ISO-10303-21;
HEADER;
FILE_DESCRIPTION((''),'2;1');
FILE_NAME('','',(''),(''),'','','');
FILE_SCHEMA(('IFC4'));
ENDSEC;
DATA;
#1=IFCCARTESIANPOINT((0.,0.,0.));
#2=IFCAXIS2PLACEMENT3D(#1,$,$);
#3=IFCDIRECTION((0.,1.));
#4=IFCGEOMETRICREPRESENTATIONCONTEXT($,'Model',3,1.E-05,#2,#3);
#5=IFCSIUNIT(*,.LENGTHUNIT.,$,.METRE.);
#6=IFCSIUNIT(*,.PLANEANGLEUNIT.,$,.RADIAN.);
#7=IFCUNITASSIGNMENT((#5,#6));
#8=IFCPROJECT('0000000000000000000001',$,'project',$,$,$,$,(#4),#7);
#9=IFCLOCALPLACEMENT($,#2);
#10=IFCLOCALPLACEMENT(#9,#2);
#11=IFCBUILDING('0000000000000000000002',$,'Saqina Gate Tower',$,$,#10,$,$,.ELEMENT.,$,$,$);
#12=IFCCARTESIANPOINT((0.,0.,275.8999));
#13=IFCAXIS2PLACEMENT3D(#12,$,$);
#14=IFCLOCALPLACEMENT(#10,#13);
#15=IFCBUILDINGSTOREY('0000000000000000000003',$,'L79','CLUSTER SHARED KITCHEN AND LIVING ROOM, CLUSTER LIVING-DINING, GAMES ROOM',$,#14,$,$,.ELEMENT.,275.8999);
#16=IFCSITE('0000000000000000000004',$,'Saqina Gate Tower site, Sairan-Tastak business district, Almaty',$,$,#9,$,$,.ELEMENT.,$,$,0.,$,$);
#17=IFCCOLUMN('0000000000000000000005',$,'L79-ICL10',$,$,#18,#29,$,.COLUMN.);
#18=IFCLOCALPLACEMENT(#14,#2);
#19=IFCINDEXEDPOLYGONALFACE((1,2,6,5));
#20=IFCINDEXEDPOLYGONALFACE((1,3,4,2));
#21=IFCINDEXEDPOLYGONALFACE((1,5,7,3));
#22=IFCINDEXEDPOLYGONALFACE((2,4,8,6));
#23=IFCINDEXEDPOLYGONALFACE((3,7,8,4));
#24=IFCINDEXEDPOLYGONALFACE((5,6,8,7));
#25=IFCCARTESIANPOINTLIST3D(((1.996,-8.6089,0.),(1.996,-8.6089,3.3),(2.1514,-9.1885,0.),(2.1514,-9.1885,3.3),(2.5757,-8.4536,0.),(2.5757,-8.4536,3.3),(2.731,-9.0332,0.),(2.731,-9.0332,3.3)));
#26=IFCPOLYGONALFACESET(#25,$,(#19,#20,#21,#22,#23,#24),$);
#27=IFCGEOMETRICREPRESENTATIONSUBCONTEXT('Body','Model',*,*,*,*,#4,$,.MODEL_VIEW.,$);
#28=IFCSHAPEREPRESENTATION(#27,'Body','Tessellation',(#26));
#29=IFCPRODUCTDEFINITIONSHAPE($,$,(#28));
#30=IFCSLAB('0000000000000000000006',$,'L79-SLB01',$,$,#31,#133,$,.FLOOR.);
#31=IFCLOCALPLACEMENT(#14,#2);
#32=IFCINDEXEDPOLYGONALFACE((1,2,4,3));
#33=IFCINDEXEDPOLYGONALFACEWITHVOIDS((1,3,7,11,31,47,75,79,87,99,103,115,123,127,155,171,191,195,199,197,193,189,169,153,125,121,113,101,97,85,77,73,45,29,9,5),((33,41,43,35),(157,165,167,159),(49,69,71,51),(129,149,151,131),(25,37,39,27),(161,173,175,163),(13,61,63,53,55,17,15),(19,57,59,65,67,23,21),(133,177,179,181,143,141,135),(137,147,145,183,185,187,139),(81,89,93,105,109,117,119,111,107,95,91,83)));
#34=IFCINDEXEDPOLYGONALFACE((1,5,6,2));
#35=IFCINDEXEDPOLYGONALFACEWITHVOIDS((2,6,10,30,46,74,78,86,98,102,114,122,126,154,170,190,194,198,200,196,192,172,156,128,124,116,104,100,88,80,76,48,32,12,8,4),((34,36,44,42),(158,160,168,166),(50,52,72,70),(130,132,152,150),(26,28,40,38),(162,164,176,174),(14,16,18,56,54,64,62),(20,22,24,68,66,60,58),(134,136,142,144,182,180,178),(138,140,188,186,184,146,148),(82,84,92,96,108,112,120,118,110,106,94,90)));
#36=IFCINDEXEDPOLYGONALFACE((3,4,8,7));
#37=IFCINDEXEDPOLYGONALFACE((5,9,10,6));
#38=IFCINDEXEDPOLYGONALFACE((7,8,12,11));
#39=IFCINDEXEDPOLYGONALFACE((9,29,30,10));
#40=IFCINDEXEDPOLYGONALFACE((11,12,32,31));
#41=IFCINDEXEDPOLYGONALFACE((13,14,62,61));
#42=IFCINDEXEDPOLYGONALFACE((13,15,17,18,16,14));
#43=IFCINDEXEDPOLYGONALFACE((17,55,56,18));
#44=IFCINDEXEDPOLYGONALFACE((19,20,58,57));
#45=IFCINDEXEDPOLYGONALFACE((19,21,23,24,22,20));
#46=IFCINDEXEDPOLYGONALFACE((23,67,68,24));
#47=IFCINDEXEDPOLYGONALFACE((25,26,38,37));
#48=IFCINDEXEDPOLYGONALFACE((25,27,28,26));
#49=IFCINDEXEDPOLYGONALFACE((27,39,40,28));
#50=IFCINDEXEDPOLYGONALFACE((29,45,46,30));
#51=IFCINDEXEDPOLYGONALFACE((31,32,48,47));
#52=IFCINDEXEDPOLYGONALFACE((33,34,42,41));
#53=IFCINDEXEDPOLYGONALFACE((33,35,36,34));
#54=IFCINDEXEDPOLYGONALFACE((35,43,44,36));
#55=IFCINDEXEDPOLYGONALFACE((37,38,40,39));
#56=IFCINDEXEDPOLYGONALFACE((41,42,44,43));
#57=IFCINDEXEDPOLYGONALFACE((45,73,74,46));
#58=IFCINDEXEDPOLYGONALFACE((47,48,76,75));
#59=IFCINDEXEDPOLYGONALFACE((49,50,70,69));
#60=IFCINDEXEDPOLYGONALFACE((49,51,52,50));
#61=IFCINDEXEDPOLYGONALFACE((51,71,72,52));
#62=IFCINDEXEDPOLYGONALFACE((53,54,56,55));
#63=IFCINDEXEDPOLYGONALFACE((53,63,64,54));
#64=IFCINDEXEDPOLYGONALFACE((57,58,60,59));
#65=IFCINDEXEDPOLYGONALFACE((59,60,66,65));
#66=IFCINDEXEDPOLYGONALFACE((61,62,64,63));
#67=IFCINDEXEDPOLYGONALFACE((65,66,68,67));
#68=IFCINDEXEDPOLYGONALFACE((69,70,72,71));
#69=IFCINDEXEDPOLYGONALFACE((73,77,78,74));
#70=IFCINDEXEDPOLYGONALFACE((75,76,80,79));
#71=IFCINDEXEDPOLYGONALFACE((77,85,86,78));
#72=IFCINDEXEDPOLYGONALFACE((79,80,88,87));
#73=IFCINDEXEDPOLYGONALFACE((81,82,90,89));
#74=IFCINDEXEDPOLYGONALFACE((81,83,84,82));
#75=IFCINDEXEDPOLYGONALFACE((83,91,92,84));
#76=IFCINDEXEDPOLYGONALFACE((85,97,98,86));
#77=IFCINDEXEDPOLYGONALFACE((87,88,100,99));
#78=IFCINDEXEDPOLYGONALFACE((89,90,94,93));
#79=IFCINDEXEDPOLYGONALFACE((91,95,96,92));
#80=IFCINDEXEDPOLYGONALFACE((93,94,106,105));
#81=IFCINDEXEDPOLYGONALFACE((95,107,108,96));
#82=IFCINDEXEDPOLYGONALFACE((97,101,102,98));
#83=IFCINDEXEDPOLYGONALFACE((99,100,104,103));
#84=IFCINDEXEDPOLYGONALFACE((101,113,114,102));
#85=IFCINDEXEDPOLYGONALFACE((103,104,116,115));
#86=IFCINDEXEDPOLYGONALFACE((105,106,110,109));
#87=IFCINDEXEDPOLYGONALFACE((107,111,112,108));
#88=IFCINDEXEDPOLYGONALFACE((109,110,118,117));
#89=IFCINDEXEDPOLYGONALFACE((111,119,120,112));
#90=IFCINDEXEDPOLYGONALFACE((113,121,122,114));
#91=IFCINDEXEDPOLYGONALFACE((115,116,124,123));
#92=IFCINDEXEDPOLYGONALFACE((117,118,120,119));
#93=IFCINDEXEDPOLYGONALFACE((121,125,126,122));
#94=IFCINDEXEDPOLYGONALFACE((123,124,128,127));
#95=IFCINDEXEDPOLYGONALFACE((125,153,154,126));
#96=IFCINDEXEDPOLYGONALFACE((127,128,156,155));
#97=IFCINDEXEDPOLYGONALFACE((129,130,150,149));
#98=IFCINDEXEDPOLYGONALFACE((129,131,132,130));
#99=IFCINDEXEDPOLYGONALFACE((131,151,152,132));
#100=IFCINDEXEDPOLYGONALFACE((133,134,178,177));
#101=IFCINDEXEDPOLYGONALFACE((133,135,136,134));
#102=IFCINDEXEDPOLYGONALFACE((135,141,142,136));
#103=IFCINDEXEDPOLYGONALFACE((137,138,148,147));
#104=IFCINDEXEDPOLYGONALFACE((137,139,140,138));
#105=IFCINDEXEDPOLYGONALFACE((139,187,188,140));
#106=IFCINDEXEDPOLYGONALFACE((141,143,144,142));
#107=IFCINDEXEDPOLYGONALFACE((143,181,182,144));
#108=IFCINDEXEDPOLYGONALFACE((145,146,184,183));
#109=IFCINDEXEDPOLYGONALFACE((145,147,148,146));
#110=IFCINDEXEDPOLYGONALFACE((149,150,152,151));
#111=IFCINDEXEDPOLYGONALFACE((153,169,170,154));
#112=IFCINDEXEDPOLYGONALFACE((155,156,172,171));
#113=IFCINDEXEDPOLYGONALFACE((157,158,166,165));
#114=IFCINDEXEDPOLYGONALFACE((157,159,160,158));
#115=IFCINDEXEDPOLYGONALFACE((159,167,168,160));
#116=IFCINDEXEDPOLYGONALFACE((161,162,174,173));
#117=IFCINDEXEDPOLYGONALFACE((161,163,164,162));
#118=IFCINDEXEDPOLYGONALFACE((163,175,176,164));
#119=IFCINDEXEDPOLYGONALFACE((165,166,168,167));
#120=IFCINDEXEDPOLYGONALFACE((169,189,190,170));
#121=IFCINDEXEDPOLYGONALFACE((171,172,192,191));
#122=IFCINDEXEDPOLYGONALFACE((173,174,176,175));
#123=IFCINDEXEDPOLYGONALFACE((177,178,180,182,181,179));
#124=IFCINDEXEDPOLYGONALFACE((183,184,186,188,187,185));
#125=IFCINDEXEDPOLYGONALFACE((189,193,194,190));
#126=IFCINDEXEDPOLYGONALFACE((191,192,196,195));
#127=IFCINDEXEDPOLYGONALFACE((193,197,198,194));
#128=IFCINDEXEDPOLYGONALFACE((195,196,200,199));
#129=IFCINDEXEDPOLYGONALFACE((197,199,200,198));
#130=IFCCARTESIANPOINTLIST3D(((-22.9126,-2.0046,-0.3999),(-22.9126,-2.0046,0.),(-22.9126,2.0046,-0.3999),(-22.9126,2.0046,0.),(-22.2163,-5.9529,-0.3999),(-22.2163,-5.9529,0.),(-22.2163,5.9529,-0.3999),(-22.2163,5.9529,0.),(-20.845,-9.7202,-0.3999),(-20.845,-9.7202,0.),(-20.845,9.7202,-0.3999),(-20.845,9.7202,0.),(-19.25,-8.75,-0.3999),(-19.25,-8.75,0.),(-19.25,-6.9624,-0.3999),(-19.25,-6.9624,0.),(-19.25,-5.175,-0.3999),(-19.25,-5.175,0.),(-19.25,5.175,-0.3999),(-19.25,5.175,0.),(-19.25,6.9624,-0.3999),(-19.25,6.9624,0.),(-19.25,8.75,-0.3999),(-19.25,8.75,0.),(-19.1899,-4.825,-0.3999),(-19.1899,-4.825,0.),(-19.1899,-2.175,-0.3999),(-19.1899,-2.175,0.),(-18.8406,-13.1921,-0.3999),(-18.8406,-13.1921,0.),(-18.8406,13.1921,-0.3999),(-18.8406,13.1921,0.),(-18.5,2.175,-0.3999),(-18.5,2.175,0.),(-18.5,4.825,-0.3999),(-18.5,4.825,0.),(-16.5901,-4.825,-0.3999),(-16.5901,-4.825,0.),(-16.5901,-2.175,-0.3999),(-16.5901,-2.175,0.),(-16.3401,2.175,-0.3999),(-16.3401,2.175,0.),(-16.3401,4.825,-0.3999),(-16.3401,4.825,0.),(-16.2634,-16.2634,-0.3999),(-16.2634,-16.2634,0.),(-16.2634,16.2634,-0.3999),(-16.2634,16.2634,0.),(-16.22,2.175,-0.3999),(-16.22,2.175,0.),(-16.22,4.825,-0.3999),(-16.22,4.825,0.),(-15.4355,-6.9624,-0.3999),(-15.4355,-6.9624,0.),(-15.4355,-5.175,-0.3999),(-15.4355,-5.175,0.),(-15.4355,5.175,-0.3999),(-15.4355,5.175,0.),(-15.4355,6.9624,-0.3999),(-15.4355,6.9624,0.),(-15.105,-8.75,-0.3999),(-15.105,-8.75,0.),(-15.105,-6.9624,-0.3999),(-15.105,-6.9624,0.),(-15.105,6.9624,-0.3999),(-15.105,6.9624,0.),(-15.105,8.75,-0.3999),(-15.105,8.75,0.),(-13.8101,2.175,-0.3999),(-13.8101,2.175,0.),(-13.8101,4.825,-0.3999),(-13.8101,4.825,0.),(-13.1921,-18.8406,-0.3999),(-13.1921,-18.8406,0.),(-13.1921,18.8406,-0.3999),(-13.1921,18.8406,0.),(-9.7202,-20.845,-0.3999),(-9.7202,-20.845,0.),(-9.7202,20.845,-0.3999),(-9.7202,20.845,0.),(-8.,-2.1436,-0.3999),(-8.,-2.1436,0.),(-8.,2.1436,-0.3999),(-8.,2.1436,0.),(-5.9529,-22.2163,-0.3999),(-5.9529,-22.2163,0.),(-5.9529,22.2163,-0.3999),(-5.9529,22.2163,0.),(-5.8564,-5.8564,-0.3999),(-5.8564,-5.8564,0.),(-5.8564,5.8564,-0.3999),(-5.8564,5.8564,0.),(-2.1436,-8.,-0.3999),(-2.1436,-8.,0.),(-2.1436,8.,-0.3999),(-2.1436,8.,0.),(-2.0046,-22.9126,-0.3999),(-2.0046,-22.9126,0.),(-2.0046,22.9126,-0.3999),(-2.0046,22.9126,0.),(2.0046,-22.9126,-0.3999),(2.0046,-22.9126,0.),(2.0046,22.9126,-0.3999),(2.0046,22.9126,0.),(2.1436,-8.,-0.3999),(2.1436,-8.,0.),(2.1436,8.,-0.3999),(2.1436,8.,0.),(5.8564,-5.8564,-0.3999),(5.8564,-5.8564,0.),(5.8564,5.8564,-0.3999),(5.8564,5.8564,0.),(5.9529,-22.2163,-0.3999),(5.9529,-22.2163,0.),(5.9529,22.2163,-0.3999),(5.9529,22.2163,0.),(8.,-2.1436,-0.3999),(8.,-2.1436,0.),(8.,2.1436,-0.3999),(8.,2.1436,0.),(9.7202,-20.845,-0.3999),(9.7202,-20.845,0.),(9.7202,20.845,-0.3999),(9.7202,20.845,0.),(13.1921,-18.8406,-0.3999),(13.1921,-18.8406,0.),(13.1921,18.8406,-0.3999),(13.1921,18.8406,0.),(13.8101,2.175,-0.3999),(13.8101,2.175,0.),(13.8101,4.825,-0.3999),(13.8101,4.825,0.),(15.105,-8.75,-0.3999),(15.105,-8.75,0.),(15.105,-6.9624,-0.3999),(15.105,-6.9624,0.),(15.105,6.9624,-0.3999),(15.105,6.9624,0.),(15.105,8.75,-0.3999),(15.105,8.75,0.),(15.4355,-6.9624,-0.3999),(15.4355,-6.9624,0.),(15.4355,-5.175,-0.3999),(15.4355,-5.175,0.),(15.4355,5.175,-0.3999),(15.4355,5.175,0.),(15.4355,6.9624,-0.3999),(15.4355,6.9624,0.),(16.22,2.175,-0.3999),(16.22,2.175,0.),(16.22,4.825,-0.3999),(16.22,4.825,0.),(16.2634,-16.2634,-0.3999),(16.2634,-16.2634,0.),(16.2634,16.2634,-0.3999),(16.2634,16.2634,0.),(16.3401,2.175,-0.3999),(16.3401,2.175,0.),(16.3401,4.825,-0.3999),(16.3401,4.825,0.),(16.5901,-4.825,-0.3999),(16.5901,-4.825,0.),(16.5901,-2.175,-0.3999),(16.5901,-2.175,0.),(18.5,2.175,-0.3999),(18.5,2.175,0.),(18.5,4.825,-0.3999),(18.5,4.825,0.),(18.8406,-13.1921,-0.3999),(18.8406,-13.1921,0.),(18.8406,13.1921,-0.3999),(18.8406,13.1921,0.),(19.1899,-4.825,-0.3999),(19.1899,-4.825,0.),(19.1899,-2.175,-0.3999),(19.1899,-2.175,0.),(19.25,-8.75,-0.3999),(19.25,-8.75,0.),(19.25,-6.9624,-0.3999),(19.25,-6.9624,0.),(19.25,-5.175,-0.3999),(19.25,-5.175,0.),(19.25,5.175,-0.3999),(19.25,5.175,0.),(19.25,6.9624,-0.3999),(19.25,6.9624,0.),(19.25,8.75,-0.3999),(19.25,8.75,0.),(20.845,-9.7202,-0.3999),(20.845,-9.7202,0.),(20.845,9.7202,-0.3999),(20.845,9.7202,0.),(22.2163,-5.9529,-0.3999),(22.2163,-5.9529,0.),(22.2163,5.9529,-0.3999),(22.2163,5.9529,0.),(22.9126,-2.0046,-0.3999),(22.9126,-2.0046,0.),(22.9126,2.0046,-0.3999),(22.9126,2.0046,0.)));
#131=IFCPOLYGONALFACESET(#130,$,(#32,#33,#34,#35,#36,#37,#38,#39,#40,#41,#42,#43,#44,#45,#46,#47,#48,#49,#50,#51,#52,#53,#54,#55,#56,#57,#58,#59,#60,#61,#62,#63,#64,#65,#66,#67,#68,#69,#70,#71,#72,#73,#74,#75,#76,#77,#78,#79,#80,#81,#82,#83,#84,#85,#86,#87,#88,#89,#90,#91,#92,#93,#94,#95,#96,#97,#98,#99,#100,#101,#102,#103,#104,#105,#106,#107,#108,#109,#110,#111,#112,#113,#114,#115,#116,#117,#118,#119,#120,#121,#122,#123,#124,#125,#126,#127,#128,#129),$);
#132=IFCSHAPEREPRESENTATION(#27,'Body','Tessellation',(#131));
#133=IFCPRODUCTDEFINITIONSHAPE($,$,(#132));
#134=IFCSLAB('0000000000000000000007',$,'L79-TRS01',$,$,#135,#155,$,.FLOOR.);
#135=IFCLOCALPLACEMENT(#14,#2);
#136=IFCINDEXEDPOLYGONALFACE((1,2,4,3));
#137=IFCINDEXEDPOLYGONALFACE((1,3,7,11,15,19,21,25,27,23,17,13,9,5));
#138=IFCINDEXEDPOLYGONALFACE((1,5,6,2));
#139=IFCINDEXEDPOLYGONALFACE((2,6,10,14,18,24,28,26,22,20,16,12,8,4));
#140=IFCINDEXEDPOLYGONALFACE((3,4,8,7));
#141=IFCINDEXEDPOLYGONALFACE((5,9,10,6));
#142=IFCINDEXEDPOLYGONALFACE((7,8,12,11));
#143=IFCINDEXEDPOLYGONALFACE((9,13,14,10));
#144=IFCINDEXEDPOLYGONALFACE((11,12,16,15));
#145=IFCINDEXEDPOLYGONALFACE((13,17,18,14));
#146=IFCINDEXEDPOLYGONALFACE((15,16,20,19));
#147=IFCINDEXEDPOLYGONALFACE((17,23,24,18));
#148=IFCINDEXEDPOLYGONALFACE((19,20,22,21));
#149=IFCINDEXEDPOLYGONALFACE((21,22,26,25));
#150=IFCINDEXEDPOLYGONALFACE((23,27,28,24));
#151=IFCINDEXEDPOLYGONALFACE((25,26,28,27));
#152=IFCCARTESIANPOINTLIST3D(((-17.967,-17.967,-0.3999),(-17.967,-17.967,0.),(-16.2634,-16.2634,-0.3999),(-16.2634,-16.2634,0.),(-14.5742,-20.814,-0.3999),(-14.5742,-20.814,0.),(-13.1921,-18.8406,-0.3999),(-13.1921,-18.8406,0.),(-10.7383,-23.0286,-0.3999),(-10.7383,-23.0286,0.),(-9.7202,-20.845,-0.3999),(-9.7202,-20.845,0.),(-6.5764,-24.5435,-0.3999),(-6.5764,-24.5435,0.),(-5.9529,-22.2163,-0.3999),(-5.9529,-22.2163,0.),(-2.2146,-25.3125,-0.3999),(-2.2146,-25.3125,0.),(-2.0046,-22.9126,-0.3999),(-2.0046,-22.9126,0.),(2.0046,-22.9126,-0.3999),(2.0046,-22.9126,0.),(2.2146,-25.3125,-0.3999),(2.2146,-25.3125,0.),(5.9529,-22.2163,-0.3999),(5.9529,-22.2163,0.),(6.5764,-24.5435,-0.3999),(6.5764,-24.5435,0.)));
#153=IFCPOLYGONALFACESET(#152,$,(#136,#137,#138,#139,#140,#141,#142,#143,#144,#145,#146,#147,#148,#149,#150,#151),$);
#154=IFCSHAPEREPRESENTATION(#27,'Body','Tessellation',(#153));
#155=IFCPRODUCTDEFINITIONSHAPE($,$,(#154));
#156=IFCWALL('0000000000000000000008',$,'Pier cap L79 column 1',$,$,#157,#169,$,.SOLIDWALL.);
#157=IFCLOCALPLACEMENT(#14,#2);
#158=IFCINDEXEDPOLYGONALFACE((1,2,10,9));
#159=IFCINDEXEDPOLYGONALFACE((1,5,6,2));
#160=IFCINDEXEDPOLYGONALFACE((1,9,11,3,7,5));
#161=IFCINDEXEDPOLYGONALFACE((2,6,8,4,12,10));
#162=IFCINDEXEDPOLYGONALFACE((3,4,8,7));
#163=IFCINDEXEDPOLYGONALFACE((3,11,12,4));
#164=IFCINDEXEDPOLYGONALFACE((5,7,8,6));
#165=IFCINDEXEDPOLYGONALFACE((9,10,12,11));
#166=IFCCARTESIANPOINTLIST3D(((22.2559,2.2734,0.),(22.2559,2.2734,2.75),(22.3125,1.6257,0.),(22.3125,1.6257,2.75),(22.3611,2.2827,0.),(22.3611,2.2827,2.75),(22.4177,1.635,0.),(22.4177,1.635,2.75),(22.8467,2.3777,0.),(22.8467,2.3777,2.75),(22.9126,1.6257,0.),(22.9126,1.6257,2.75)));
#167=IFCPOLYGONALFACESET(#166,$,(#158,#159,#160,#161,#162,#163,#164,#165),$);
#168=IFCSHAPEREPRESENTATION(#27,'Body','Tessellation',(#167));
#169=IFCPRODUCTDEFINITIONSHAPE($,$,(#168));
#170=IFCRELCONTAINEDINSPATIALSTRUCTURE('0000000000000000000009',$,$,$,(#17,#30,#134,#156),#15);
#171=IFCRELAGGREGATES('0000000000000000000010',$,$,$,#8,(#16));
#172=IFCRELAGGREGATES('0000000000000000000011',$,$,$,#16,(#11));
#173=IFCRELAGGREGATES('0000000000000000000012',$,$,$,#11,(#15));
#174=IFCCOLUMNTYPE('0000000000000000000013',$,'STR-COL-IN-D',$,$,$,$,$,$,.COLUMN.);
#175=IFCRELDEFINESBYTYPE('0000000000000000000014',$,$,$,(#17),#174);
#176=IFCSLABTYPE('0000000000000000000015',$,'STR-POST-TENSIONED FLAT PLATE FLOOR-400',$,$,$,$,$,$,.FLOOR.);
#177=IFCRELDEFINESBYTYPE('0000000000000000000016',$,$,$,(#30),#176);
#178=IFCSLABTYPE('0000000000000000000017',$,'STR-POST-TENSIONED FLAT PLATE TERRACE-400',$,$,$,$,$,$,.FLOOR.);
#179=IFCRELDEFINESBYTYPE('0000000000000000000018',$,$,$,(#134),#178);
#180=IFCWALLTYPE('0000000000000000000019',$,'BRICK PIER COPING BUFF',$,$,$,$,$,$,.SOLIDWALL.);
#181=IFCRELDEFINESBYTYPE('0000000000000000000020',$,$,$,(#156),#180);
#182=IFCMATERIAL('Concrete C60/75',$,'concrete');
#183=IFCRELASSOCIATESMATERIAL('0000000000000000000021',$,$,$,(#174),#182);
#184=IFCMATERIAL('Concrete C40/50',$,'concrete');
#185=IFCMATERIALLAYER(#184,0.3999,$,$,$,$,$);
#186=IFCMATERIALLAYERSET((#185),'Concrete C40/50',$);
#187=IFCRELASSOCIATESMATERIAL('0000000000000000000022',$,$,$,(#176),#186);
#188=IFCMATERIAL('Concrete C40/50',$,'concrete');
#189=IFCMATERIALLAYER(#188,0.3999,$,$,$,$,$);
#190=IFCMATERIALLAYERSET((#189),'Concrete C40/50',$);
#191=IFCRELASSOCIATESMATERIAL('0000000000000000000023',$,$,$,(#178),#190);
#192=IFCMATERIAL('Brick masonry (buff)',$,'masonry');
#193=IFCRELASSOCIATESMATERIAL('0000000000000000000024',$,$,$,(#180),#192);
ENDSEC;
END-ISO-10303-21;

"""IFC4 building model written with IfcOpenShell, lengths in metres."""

from ifc_helpers import new_model, si_unit, direction, frame, origin, origin_2d, place, context, subcontext, project, spatial, polyline, rectangle, outline, extrude, material, layer, layer_set, material_profile, profile_set, type_object, element, save


model = new_model("IFC4")

# Units and contexts
model_context = context("Model", 3, precision=1e-05, world=origin(), true_north=direction((0.0, 1.0)))
body_context = subcontext(model_context, "Body", "Model", "MODEL_VIEW")
ifc_project = project(units=[si_unit("LENGTHUNIT", "METRE"), si_unit("PLANEANGLEUNIT", "RADIAN")], contexts=[model_context])

# Site, building, storey
site_placement = place(None, origin())
site = spatial("IfcSite", under=ifc_project, at=site_placement, Name="Saqina Gate Tower site, Sairan-Tastak business district, Almaty", CompositionType="ELEMENT", RefElevation=0.0)
building_placement = place(site_placement, origin())
building = spatial("IfcBuilding", under=site, at=building_placement, Name="Saqina Gate Tower", CompositionType="ELEMENT")
storey_placement = place(building_placement, frame((0.0, 0.0, 275.8999)))
storey = spatial("IfcBuildingStorey", under=building, at=storey_placement, Name="L79", Description="CLUSTER SHARED KITCHEN AND LIVING ROOM, CLUSTER LIVING-DINING, GAMES ROOM", CompositionType="ELEMENT", Elevation=275.8999)

# Column
ifc_material_1 = material(Name="Concrete C60/75", Category="concrete")
ifc_material_profile = material_profile(ifc_material_1, rectangle(XDim=0.6001, YDim=0.6001, at=origin_2d()), Name="RC 600x600")
ifc_profile_set = profile_set([ifc_material_profile], Name="Concrete C60/75")
column_type = type_object("IfcColumnType", Name="STR-COL-IN-D", PredefinedType="COLUMN", material=ifc_profile_set)
column_placement = place(storey_placement, frame((2.3635, -8.821, 0.0), z_axis=(0.0, 0.0, 1.0), x_axis=(0.258819, -0.965926, 0.0)))
element("IfcColumn", 1, at=column_placement, inside=storey, type_object=column_type, Name="L79-ICL10", PredefinedType="COLUMN", context=body_context, shape_type="SweptSolid", body=[
    extrude(rectangle(XDim=0.6001, YDim=0.6001, at=origin_2d()), origin(), (0.0, 0.0, 1.0), 3.3),
])

# Slabs
ifc_material_2 = material(Name="Concrete C40/50", Category="concrete")
ifc_layer_1 = layer(ifc_material_2, 0.3999)
ifc_layer_set_1 = layer_set([ifc_layer_1], Name="Concrete C40/50")
slab_type_1 = type_object("IfcSlabType", Name="STR-POST-TENSIONED FLAT PLATE FLOOR-400", PredefinedType="FLOOR", material=ifc_layer_set_1)
slab_1_placement = place(storey_placement, frame((0.0, 0.0, -0.3999)))
element("IfcSlab", 2, at=slab_1_placement, inside=storey, type_object=slab_type_1, Name="L79-SLB01", PredefinedType="FLOOR", context=body_context, shape_type="SweptSolid", body=[
    extrude(outline(polyline([(22.2163, -5.9529), (22.9126, -2.0046), (22.9126, 2.0046), (22.2163, 5.9529), (20.845, 9.7202), (18.8406, 13.1921), (16.2634, 16.2634), (13.1921, 18.8406), (9.7202, 20.845), (5.9529, 22.2163), (2.0046, 22.9126), (-2.0046, 22.9126), (-5.9529, 22.2163), (-9.7202, 20.845), (-13.1921, 18.8406), (-16.2634, 16.2634), (-18.8406, 13.1921), (-20.845, 9.7202), (-22.2163, 5.9529), (-22.9126, 2.0046), (-22.9126, -2.0046), (-22.2163, -5.9529), (-20.845, -9.7202), (-18.8406, -13.1921), (-16.2634, -16.2634), (-13.1921, -18.8406), (-9.7202, -20.845), (-5.9529, -22.2163), (-2.0046, -22.9126), (2.0046, -22.9126), (5.9529, -22.2163), (9.7202, -20.845), (13.1921, -18.8406), (16.2634, -16.2634), (18.8406, -13.1921), (20.845, -9.7202), (22.2163, -5.9529)]), holes=[polyline([(2.1436, 8.0), (5.8564, 5.8564), (8.0, 2.1436), (8.0, -2.1436), (5.8564, -5.8564), (2.1436, -8.0), (-2.1436, -8.0), (-5.8564, -5.8564), (-8.0, -2.1436), (-8.0, 2.1436), (-5.8564, 5.8564), (-2.1436, 8.0), (2.1436, 8.0)]), polyline([(-15.105, -8.75), (-19.25, -8.75), (-19.25, -6.9624), (-19.25, -5.175), (-15.4355, -5.175), (-15.4355, -6.9624), (-15.105, -6.9624), (-15.105, -8.75)]), polyline([(-16.5901, -2.175), (-16.5901, -4.825), (-19.1899, -4.825), (-19.1899, -2.175), (-16.5901, -2.175)]), polyline([(-16.3401, 4.825), (-16.3401, 2.175), (-18.5, 2.175), (-18.5, 4.825), (-16.3401, 4.825)]), polyline([(-13.8101, 4.825), (-13.8101, 2.175), (-16.22, 2.175), (-16.22, 4.825), (-13.8101, 4.825)]), polyline([(-19.25, 6.9624), (-19.25, 8.75), (-15.105, 8.75), (-15.105, 6.9624), (-15.4355, 6.9624), (-15.4355, 5.175), (-19.25, 5.175), (-19.25, 6.9624)]), polyline([(15.105, -8.75), (15.105, -6.9624), (15.4355, -6.9624), (15.4355, -5.175), (19.25, -5.175), (19.25, -6.9624), (19.25, -8.75), (15.105, -8.75)]), polyline([(19.1899, -2.175), (19.1899, -4.825), (16.5901, -4.825), (16.5901, -2.175), (19.1899, -2.175)]), polyline([(16.22, 4.825), (16.22, 2.175), (13.8101, 2.175), (13.8101, 4.825), (16.22, 4.825)]), polyline([(18.5, 4.825), (18.5, 2.175), (16.3401, 2.175), (16.3401, 4.825), (18.5, 4.825)]), polyline([(15.4355, 6.9624), (15.105, 6.9624), (15.105, 8.75), (19.25, 8.75), (19.25, 6.9624), (19.25, 5.175), (15.4355, 5.175), (15.4355, 6.9624)])]), origin(), (0.0, 0.0, 1.0), 0.3999),
])
ifc_material_3 = material(Name="Concrete C40/50", Category="concrete")
ifc_layer_2 = layer(ifc_material_3, 0.3999)
ifc_layer_set_2 = layer_set([ifc_layer_2], Name="Concrete C40/50")
slab_type_2 = type_object("IfcSlabType", Name="STR-POST-TENSIONED FLAT PLATE TERRACE-400", PredefinedType="FLOOR", material=ifc_layer_set_2)
slab_2_placement = place(storey_placement, frame((0.0, 0.0, -0.3999)))
element("IfcSlab", 3, at=slab_2_placement, inside=storey, type_object=slab_type_2, Name="L79-TRS01", PredefinedType="FLOOR", context=body_context, shape_type="SweptSolid", body=[
    extrude(outline(polyline([(-16.2634, -16.2634), (-13.1921, -18.8406), (-9.7202, -20.845), (-5.9529, -22.2163), (-2.0046, -22.9126), (2.0046, -22.9126), (5.9529, -22.2163), (6.5764, -24.5435), (2.2146, -25.3125), (-2.2146, -25.3125), (-6.5764, -24.5435), (-10.7383, -23.0286), (-14.5742, -20.814), (-17.967, -17.967), (-16.2634, -16.2634)])), origin(), (0.0, 0.0, 1.0), 0.3999),
])

# Wall
ifc_material_4 = material(Name="Brick masonry (buff)", Category="masonry")
wall_type_1 = type_object("IfcWallType", Name="BRICK PIER COPING BUFF", PredefinedType="SOLIDWALL", material=ifc_material_4)
wall_1_placement = place(storey_placement, origin())
element("IfcWall", 4, at=wall_1_placement, inside=storey, type_object=wall_type_1, Name="Pier cap L79 column 1", PredefinedType="SOLIDWALL", context=body_context, shape_type="SweptSolid", body=[
    extrude(outline(polyline([(22.9126, 1.6257), (22.8467, 2.3777), (22.2559, 2.2734), (22.3611, 2.2827), (22.4177, 1.635), (22.3125, 1.6257), (22.9126, 1.6257)])), origin(), (0.0, 0.0, 1.0), 2.75),
])

save(model, "model.ifc")
